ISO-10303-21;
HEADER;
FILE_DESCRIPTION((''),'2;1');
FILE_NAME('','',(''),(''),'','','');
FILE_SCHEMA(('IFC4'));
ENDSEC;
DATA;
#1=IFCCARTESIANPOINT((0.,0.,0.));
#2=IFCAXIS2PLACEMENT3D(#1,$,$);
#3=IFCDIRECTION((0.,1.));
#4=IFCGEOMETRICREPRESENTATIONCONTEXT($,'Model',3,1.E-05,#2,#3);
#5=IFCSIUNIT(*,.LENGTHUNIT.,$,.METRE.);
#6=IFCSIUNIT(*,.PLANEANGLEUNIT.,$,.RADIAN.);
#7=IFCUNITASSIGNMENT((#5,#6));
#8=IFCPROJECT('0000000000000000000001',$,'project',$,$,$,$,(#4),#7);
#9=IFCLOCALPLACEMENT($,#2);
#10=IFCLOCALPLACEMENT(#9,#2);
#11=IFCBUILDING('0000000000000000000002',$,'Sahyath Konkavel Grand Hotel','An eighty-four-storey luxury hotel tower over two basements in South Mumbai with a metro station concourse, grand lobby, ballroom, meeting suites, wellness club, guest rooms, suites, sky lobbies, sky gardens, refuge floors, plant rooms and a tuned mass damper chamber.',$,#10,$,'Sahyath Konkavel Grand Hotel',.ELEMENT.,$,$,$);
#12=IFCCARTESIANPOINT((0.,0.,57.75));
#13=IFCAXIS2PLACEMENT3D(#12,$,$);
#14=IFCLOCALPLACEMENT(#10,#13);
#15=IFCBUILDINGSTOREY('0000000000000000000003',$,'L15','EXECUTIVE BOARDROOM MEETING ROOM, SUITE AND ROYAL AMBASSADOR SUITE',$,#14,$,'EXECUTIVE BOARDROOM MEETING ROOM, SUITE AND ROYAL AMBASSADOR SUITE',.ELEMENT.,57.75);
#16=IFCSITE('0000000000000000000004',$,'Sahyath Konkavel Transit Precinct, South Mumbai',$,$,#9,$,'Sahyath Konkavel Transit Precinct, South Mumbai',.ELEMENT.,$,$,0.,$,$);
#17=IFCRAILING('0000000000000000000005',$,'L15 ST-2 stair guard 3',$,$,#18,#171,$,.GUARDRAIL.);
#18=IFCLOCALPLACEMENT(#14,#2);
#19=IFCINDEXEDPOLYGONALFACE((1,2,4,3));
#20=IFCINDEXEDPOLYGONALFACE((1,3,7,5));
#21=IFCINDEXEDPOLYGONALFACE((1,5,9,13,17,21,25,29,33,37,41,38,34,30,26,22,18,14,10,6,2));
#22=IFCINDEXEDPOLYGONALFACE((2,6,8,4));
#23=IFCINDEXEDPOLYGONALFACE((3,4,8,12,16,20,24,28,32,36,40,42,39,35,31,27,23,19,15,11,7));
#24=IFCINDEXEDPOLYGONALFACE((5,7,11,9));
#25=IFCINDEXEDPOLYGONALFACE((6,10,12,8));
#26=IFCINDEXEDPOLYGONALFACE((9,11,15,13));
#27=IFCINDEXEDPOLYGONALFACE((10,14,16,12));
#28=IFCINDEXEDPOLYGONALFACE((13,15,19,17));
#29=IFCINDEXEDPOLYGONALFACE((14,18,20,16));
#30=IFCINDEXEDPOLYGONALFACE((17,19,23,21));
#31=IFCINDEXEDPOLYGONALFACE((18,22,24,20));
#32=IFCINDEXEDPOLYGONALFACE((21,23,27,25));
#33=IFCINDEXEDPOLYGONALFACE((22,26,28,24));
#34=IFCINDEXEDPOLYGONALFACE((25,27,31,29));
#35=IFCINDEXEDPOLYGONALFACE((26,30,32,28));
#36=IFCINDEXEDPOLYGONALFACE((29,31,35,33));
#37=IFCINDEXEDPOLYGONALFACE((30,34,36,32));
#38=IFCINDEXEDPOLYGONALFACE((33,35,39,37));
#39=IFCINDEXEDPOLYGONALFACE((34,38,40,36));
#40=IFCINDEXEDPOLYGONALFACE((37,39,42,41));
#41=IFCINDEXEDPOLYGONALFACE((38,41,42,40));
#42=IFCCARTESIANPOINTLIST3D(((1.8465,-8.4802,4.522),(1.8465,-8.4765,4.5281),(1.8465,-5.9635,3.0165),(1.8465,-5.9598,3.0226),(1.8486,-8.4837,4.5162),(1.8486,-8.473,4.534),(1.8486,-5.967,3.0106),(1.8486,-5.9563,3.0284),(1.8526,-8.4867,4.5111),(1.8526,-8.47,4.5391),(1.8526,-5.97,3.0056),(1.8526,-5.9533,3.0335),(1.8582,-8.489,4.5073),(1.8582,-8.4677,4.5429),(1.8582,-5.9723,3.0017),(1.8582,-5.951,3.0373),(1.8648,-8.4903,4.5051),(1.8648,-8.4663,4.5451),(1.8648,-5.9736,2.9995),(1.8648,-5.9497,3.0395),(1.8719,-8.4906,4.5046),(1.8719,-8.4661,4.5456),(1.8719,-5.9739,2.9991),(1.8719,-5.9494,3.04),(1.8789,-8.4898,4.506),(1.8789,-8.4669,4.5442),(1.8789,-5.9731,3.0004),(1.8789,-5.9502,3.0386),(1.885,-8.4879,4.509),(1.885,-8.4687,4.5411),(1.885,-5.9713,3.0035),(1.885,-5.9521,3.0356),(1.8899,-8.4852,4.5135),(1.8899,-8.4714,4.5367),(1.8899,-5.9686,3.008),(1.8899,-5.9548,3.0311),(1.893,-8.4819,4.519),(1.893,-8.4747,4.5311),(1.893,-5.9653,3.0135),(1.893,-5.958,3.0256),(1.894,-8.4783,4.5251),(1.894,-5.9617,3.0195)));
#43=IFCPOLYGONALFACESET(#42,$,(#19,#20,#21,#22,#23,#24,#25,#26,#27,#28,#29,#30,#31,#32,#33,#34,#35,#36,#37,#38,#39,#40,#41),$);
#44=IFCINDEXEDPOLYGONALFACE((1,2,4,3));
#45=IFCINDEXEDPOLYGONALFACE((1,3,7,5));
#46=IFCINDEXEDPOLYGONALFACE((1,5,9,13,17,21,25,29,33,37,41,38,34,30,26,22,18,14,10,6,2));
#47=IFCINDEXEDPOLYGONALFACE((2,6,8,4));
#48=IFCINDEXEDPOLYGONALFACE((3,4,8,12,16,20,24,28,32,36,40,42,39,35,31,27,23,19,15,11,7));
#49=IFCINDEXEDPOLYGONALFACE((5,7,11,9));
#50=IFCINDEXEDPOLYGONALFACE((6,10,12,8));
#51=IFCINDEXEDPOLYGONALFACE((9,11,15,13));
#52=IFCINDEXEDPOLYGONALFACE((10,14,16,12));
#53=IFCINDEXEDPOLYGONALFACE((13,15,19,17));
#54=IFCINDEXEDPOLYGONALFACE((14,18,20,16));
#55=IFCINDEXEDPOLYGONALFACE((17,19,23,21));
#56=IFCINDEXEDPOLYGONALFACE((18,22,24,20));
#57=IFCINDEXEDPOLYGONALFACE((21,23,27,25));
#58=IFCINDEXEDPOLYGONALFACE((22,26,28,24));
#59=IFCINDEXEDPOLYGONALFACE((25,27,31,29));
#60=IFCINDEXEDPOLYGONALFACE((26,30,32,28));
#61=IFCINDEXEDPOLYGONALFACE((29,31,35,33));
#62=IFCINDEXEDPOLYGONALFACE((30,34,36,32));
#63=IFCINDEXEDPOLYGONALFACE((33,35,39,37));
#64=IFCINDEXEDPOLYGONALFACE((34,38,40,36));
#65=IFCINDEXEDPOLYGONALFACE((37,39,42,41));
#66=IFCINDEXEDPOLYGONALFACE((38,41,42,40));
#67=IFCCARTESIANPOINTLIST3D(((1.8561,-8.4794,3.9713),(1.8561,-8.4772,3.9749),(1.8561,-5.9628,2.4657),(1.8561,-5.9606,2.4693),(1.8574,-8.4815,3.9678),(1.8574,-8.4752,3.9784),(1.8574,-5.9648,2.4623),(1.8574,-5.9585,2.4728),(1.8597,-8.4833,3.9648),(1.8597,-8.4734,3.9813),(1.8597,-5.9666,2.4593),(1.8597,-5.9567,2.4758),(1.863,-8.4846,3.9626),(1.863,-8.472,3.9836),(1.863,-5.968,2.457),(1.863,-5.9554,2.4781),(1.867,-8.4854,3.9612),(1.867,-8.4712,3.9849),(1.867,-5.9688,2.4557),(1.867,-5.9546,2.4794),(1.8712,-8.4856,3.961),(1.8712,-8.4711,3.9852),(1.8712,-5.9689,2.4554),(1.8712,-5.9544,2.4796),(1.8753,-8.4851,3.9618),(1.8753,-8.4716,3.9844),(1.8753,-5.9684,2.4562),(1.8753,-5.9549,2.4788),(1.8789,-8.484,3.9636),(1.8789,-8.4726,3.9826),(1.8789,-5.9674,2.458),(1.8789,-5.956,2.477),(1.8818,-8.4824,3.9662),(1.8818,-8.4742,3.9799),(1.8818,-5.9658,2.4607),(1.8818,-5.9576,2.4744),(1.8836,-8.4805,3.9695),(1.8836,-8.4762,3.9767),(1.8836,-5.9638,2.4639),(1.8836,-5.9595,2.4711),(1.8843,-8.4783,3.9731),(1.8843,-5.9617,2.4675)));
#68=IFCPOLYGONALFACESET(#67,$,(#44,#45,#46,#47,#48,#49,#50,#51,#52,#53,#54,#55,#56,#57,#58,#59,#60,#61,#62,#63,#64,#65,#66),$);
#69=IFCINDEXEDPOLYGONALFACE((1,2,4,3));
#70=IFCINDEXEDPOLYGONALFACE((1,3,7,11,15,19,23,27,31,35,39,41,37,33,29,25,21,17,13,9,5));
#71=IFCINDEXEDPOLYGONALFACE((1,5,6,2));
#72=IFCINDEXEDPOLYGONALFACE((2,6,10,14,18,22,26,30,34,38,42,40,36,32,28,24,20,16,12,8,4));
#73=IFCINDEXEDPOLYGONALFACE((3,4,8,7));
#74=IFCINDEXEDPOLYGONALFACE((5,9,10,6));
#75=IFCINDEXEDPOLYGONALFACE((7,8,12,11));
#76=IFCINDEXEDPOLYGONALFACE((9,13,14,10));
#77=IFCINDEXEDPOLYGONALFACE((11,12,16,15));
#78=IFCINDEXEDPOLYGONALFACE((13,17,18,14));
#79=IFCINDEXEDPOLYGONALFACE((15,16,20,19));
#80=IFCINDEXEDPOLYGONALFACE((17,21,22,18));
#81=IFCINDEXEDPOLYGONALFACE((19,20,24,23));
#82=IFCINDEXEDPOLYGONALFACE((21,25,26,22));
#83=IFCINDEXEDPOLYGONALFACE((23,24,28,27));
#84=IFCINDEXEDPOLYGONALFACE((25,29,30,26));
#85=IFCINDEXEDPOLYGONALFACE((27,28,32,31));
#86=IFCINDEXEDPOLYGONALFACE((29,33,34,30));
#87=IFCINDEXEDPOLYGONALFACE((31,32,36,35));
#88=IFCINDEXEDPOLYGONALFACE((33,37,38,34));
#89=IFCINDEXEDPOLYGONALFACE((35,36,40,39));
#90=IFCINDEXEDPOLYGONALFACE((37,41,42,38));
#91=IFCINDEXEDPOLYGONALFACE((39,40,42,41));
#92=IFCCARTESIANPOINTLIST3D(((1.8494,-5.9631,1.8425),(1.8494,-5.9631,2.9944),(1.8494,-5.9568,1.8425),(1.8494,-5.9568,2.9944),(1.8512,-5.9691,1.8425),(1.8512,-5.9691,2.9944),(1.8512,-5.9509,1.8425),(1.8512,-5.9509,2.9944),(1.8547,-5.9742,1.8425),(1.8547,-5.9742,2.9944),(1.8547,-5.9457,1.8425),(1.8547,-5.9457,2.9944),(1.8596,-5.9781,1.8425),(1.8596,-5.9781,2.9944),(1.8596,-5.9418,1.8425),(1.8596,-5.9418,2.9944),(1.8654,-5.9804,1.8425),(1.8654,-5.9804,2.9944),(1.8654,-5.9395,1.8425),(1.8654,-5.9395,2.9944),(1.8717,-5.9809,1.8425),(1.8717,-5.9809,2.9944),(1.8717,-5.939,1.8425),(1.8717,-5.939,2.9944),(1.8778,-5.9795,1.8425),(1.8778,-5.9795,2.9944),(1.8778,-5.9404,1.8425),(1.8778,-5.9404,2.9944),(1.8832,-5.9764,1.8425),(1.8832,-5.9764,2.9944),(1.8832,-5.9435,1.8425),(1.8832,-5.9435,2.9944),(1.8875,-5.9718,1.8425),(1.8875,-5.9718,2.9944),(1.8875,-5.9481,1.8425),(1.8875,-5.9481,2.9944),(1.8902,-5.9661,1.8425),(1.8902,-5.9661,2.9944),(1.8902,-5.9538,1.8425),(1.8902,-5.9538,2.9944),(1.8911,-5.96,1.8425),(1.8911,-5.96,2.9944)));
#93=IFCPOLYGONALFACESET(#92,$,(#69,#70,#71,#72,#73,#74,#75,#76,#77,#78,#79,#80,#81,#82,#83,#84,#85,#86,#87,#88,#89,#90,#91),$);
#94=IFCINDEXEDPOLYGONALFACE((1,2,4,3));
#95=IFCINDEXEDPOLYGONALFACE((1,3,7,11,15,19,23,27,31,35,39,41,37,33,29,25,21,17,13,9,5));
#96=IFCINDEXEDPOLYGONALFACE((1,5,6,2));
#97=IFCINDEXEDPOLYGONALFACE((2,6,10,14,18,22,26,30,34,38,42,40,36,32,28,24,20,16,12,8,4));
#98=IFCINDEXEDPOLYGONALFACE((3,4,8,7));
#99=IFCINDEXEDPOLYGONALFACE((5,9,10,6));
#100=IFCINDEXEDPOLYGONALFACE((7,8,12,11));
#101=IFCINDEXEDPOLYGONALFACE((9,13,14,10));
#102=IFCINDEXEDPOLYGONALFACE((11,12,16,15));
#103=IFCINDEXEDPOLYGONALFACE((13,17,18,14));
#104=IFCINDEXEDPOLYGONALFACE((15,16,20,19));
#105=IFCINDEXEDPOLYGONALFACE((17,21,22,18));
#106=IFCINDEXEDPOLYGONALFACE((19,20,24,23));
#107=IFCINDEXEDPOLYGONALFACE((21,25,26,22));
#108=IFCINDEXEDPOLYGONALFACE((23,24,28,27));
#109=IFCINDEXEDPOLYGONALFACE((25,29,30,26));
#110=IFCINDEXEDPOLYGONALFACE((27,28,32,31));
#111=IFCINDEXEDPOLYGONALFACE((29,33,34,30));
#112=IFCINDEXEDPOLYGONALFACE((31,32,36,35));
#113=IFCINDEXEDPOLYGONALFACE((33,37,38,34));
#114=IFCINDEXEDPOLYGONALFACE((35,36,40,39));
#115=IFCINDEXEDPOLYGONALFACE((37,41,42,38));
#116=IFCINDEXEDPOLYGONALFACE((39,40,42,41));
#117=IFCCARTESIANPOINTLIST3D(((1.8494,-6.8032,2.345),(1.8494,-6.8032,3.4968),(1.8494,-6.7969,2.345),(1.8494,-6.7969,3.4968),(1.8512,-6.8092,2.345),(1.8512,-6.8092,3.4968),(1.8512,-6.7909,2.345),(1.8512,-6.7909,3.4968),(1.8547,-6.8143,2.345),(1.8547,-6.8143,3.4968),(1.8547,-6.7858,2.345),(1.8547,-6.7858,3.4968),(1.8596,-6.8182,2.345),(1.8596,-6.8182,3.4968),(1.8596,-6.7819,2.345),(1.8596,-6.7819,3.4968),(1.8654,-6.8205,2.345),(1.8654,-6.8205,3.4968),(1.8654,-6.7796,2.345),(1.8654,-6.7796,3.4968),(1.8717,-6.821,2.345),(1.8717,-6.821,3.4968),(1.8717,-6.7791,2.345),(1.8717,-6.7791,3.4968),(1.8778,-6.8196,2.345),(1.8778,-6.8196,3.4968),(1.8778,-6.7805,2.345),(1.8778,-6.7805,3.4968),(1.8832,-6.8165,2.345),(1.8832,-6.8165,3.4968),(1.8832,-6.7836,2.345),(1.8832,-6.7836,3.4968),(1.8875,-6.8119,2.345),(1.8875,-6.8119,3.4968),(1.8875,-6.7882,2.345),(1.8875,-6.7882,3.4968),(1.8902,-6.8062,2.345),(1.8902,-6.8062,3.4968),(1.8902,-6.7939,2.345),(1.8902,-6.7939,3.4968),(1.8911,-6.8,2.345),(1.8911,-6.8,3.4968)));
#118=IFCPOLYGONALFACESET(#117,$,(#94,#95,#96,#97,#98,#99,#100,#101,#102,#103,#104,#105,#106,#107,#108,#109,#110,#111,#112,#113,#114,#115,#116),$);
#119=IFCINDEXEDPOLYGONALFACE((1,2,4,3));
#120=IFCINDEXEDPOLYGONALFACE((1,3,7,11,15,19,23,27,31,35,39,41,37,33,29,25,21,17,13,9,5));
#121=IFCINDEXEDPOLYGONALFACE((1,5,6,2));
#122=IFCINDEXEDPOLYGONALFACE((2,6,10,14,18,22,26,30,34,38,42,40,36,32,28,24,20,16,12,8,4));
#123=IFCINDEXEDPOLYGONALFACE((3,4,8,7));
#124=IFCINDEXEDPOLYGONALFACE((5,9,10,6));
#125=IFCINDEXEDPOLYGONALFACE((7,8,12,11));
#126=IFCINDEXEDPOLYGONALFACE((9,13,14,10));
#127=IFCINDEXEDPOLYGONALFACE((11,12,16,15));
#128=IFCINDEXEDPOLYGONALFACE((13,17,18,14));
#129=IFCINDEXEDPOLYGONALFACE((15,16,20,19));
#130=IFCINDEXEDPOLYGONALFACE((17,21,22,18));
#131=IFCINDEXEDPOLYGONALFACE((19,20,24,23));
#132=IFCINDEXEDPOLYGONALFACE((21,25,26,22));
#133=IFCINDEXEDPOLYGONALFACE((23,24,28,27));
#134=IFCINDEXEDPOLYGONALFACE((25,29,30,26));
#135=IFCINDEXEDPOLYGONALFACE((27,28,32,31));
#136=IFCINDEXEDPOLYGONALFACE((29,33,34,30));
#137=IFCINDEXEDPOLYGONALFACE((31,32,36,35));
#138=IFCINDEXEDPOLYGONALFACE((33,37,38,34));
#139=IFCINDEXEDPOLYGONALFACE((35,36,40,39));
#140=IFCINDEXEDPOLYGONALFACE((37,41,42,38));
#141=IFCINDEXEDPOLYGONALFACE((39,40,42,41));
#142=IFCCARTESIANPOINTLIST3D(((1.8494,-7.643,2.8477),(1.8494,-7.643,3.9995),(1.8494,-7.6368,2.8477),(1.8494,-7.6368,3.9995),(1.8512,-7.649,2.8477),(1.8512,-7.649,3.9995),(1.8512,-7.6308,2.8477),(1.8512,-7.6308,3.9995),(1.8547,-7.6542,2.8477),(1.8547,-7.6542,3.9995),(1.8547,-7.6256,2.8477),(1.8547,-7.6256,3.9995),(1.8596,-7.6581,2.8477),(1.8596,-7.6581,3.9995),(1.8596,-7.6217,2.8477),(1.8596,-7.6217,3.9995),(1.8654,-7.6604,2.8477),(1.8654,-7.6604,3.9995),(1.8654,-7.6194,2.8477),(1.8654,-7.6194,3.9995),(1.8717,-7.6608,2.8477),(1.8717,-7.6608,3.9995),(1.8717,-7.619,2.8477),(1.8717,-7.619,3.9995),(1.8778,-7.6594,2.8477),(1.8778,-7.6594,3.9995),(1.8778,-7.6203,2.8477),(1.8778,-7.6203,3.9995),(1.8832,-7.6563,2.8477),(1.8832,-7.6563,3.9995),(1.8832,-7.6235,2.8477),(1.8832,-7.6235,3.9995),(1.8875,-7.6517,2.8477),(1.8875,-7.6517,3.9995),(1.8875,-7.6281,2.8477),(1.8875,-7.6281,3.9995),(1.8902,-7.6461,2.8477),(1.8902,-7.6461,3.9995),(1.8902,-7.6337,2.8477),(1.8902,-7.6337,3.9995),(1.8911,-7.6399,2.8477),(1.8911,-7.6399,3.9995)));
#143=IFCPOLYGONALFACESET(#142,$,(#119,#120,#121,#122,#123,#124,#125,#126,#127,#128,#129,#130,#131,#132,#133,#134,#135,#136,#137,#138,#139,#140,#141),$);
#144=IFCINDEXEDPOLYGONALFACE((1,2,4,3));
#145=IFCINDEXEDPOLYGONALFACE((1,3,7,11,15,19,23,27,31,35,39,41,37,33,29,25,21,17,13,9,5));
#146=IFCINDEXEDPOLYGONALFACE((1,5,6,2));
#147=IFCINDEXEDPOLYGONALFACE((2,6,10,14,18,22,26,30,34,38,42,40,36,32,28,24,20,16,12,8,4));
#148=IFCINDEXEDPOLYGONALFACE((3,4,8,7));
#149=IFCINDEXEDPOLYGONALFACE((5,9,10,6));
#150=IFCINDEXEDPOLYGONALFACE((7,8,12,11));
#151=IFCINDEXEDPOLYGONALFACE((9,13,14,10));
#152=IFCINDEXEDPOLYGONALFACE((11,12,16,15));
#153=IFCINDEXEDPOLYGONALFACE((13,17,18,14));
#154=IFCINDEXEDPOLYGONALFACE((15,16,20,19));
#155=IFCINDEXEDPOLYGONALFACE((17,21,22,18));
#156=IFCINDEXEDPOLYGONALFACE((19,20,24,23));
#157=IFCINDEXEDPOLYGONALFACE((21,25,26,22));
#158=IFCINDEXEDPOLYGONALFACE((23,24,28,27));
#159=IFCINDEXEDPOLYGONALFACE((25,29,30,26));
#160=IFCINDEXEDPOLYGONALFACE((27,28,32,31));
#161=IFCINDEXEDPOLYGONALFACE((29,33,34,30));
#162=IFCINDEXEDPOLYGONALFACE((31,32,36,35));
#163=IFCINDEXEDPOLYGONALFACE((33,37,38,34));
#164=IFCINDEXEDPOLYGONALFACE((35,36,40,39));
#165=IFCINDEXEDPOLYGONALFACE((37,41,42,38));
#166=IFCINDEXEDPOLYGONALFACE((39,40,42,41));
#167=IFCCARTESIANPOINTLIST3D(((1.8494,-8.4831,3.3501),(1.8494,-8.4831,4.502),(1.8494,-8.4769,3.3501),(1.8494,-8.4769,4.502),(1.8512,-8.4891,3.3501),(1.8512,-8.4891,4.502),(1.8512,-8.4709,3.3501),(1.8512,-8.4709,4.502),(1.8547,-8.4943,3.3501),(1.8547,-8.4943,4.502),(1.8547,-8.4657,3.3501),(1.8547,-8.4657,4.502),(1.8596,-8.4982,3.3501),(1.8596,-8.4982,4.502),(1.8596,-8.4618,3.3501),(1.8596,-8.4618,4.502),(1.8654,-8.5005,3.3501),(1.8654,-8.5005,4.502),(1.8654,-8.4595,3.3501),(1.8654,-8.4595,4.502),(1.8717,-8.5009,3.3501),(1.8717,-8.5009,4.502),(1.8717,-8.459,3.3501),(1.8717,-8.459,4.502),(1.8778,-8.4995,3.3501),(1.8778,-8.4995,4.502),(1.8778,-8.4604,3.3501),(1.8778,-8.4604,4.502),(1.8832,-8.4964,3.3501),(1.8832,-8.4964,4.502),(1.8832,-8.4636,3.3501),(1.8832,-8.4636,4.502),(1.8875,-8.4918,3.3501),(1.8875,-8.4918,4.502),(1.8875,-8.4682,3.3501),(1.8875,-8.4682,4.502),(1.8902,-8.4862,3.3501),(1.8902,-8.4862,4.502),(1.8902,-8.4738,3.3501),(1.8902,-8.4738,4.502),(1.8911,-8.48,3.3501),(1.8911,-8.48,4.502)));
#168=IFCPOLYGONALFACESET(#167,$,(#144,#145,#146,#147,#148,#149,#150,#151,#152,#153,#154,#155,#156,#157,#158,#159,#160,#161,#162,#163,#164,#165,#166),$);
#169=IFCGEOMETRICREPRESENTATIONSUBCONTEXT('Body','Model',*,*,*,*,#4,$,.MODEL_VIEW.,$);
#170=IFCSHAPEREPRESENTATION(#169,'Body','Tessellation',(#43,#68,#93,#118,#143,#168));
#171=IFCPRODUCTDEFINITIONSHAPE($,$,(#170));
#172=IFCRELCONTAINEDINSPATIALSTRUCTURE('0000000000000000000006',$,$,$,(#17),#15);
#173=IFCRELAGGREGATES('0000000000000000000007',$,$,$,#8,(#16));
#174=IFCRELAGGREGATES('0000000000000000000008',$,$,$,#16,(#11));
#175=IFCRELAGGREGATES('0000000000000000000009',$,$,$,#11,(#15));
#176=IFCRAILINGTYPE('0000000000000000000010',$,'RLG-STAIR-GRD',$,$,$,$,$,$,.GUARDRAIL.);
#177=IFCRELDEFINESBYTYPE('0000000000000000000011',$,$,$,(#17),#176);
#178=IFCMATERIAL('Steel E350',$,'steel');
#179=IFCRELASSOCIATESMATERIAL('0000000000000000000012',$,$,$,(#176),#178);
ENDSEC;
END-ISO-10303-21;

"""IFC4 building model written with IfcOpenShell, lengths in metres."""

from ifc_helpers import new_model, si_unit, direction, frame, origin, origin_2d, place, context, subcontext, project, spatial, circle, extrude, material, type_object, element, save


model = new_model("IFC4")

# Units and contexts
model_context = context("Model", 3, precision=1e-05, world=origin(), true_north=direction((0.0, 1.0)))
body_context = subcontext(model_context, "Body", "Model", "MODEL_VIEW")
ifc_project = project(units=[si_unit("LENGTHUNIT", "METRE"), si_unit("PLANEANGLEUNIT", "RADIAN")], contexts=[model_context])

# Site, building, storey
site_placement = place(None, origin())
site = spatial("IfcSite", under=ifc_project, at=site_placement, Name="Sahyath Konkavel Transit Precinct, South Mumbai", LongName="Sahyath Konkavel Transit Precinct, South Mumbai", CompositionType="ELEMENT", RefElevation=0.0)
building_placement = place(site_placement, origin())
building = spatial("IfcBuilding", under=site, at=building_placement, Name="Sahyath Konkavel Grand Hotel", Description="An eighty-four-storey luxury hotel tower over two basements in South Mumbai with a metro station concourse, grand lobby, ballroom, meeting suites, wellness club, guest rooms, suites, sky lobbies, sky gardens, refuge floors, plant rooms and a tuned mass damper chamber.", LongName="Sahyath Konkavel Grand Hotel", CompositionType="ELEMENT")
storey_placement = place(building_placement, frame((0.0, 0.0, 57.75)))
storey = spatial("IfcBuildingStorey", under=building, at=storey_placement, Name="L15", Description="EXECUTIVE BOARDROOM MEETING ROOM, SUITE AND ROYAL AMBASSADOR SUITE", LongName="EXECUTIVE BOARDROOM MEETING ROOM, SUITE AND ROYAL AMBASSADOR SUITE", CompositionType="ELEMENT", Elevation=57.75)

# Shared definitions
ifc_material_1 = material(Name="Steel E350", Category="steel")

# Railing
railing_type_1 = type_object("IfcRailingType", Name="RLG-STAIR-GRD", PredefinedType="GUARDRAIL", material=ifc_material_1)
railing_1_placement = place(storey_placement, frame((1.8701, -5.96, 1.8425)))
element("IfcRailing", 1, at=railing_1_placement, inside=storey, type_object=railing_type_1, Name="L15 ST-2 stair guard 3", PredefinedType="GUARDRAIL", context=body_context, shape_type="SweptSolid", body=[
    extrude(circle(Radius=0.0239, at=origin_2d()), frame((0.0, -0.0017, 1.177), z_axis=(0.0, -0.85816, 0.513383), x_axis=(1.0, 0.0, 0.0)), (0.0, 0.0, 1.0), 2.9326),
    extrude(circle(Radius=0.0142, at=origin_2d()), frame((0.0, -0.0017, 0.625), z_axis=(0.0, -0.85816, 0.513383), x_axis=(1.0, 0.0, 0.0)), (0.0, 0.0, 1.0), 2.9326),
    extrude(circle(Radius=0.021, at=origin_2d()), origin(), (0.0, 0.0, 1.0), 1.1519),
    extrude(circle(Radius=0.021, at=origin_2d()), frame((0.0, -0.8401, 0.5024)), (0.0, 0.0, 1.0), 1.1519),
    extrude(circle(Radius=0.021, at=origin_2d()), frame((0.0, -1.6799, 1.0051)), (0.0, 0.0, 1.0), 1.1519),
    extrude(circle(Radius=0.021, at=origin_2d()), frame((0.0, -2.52, 1.5076)), (0.0, 0.0, 1.0), 1.1519),
])

save(model, "model.ifc")
